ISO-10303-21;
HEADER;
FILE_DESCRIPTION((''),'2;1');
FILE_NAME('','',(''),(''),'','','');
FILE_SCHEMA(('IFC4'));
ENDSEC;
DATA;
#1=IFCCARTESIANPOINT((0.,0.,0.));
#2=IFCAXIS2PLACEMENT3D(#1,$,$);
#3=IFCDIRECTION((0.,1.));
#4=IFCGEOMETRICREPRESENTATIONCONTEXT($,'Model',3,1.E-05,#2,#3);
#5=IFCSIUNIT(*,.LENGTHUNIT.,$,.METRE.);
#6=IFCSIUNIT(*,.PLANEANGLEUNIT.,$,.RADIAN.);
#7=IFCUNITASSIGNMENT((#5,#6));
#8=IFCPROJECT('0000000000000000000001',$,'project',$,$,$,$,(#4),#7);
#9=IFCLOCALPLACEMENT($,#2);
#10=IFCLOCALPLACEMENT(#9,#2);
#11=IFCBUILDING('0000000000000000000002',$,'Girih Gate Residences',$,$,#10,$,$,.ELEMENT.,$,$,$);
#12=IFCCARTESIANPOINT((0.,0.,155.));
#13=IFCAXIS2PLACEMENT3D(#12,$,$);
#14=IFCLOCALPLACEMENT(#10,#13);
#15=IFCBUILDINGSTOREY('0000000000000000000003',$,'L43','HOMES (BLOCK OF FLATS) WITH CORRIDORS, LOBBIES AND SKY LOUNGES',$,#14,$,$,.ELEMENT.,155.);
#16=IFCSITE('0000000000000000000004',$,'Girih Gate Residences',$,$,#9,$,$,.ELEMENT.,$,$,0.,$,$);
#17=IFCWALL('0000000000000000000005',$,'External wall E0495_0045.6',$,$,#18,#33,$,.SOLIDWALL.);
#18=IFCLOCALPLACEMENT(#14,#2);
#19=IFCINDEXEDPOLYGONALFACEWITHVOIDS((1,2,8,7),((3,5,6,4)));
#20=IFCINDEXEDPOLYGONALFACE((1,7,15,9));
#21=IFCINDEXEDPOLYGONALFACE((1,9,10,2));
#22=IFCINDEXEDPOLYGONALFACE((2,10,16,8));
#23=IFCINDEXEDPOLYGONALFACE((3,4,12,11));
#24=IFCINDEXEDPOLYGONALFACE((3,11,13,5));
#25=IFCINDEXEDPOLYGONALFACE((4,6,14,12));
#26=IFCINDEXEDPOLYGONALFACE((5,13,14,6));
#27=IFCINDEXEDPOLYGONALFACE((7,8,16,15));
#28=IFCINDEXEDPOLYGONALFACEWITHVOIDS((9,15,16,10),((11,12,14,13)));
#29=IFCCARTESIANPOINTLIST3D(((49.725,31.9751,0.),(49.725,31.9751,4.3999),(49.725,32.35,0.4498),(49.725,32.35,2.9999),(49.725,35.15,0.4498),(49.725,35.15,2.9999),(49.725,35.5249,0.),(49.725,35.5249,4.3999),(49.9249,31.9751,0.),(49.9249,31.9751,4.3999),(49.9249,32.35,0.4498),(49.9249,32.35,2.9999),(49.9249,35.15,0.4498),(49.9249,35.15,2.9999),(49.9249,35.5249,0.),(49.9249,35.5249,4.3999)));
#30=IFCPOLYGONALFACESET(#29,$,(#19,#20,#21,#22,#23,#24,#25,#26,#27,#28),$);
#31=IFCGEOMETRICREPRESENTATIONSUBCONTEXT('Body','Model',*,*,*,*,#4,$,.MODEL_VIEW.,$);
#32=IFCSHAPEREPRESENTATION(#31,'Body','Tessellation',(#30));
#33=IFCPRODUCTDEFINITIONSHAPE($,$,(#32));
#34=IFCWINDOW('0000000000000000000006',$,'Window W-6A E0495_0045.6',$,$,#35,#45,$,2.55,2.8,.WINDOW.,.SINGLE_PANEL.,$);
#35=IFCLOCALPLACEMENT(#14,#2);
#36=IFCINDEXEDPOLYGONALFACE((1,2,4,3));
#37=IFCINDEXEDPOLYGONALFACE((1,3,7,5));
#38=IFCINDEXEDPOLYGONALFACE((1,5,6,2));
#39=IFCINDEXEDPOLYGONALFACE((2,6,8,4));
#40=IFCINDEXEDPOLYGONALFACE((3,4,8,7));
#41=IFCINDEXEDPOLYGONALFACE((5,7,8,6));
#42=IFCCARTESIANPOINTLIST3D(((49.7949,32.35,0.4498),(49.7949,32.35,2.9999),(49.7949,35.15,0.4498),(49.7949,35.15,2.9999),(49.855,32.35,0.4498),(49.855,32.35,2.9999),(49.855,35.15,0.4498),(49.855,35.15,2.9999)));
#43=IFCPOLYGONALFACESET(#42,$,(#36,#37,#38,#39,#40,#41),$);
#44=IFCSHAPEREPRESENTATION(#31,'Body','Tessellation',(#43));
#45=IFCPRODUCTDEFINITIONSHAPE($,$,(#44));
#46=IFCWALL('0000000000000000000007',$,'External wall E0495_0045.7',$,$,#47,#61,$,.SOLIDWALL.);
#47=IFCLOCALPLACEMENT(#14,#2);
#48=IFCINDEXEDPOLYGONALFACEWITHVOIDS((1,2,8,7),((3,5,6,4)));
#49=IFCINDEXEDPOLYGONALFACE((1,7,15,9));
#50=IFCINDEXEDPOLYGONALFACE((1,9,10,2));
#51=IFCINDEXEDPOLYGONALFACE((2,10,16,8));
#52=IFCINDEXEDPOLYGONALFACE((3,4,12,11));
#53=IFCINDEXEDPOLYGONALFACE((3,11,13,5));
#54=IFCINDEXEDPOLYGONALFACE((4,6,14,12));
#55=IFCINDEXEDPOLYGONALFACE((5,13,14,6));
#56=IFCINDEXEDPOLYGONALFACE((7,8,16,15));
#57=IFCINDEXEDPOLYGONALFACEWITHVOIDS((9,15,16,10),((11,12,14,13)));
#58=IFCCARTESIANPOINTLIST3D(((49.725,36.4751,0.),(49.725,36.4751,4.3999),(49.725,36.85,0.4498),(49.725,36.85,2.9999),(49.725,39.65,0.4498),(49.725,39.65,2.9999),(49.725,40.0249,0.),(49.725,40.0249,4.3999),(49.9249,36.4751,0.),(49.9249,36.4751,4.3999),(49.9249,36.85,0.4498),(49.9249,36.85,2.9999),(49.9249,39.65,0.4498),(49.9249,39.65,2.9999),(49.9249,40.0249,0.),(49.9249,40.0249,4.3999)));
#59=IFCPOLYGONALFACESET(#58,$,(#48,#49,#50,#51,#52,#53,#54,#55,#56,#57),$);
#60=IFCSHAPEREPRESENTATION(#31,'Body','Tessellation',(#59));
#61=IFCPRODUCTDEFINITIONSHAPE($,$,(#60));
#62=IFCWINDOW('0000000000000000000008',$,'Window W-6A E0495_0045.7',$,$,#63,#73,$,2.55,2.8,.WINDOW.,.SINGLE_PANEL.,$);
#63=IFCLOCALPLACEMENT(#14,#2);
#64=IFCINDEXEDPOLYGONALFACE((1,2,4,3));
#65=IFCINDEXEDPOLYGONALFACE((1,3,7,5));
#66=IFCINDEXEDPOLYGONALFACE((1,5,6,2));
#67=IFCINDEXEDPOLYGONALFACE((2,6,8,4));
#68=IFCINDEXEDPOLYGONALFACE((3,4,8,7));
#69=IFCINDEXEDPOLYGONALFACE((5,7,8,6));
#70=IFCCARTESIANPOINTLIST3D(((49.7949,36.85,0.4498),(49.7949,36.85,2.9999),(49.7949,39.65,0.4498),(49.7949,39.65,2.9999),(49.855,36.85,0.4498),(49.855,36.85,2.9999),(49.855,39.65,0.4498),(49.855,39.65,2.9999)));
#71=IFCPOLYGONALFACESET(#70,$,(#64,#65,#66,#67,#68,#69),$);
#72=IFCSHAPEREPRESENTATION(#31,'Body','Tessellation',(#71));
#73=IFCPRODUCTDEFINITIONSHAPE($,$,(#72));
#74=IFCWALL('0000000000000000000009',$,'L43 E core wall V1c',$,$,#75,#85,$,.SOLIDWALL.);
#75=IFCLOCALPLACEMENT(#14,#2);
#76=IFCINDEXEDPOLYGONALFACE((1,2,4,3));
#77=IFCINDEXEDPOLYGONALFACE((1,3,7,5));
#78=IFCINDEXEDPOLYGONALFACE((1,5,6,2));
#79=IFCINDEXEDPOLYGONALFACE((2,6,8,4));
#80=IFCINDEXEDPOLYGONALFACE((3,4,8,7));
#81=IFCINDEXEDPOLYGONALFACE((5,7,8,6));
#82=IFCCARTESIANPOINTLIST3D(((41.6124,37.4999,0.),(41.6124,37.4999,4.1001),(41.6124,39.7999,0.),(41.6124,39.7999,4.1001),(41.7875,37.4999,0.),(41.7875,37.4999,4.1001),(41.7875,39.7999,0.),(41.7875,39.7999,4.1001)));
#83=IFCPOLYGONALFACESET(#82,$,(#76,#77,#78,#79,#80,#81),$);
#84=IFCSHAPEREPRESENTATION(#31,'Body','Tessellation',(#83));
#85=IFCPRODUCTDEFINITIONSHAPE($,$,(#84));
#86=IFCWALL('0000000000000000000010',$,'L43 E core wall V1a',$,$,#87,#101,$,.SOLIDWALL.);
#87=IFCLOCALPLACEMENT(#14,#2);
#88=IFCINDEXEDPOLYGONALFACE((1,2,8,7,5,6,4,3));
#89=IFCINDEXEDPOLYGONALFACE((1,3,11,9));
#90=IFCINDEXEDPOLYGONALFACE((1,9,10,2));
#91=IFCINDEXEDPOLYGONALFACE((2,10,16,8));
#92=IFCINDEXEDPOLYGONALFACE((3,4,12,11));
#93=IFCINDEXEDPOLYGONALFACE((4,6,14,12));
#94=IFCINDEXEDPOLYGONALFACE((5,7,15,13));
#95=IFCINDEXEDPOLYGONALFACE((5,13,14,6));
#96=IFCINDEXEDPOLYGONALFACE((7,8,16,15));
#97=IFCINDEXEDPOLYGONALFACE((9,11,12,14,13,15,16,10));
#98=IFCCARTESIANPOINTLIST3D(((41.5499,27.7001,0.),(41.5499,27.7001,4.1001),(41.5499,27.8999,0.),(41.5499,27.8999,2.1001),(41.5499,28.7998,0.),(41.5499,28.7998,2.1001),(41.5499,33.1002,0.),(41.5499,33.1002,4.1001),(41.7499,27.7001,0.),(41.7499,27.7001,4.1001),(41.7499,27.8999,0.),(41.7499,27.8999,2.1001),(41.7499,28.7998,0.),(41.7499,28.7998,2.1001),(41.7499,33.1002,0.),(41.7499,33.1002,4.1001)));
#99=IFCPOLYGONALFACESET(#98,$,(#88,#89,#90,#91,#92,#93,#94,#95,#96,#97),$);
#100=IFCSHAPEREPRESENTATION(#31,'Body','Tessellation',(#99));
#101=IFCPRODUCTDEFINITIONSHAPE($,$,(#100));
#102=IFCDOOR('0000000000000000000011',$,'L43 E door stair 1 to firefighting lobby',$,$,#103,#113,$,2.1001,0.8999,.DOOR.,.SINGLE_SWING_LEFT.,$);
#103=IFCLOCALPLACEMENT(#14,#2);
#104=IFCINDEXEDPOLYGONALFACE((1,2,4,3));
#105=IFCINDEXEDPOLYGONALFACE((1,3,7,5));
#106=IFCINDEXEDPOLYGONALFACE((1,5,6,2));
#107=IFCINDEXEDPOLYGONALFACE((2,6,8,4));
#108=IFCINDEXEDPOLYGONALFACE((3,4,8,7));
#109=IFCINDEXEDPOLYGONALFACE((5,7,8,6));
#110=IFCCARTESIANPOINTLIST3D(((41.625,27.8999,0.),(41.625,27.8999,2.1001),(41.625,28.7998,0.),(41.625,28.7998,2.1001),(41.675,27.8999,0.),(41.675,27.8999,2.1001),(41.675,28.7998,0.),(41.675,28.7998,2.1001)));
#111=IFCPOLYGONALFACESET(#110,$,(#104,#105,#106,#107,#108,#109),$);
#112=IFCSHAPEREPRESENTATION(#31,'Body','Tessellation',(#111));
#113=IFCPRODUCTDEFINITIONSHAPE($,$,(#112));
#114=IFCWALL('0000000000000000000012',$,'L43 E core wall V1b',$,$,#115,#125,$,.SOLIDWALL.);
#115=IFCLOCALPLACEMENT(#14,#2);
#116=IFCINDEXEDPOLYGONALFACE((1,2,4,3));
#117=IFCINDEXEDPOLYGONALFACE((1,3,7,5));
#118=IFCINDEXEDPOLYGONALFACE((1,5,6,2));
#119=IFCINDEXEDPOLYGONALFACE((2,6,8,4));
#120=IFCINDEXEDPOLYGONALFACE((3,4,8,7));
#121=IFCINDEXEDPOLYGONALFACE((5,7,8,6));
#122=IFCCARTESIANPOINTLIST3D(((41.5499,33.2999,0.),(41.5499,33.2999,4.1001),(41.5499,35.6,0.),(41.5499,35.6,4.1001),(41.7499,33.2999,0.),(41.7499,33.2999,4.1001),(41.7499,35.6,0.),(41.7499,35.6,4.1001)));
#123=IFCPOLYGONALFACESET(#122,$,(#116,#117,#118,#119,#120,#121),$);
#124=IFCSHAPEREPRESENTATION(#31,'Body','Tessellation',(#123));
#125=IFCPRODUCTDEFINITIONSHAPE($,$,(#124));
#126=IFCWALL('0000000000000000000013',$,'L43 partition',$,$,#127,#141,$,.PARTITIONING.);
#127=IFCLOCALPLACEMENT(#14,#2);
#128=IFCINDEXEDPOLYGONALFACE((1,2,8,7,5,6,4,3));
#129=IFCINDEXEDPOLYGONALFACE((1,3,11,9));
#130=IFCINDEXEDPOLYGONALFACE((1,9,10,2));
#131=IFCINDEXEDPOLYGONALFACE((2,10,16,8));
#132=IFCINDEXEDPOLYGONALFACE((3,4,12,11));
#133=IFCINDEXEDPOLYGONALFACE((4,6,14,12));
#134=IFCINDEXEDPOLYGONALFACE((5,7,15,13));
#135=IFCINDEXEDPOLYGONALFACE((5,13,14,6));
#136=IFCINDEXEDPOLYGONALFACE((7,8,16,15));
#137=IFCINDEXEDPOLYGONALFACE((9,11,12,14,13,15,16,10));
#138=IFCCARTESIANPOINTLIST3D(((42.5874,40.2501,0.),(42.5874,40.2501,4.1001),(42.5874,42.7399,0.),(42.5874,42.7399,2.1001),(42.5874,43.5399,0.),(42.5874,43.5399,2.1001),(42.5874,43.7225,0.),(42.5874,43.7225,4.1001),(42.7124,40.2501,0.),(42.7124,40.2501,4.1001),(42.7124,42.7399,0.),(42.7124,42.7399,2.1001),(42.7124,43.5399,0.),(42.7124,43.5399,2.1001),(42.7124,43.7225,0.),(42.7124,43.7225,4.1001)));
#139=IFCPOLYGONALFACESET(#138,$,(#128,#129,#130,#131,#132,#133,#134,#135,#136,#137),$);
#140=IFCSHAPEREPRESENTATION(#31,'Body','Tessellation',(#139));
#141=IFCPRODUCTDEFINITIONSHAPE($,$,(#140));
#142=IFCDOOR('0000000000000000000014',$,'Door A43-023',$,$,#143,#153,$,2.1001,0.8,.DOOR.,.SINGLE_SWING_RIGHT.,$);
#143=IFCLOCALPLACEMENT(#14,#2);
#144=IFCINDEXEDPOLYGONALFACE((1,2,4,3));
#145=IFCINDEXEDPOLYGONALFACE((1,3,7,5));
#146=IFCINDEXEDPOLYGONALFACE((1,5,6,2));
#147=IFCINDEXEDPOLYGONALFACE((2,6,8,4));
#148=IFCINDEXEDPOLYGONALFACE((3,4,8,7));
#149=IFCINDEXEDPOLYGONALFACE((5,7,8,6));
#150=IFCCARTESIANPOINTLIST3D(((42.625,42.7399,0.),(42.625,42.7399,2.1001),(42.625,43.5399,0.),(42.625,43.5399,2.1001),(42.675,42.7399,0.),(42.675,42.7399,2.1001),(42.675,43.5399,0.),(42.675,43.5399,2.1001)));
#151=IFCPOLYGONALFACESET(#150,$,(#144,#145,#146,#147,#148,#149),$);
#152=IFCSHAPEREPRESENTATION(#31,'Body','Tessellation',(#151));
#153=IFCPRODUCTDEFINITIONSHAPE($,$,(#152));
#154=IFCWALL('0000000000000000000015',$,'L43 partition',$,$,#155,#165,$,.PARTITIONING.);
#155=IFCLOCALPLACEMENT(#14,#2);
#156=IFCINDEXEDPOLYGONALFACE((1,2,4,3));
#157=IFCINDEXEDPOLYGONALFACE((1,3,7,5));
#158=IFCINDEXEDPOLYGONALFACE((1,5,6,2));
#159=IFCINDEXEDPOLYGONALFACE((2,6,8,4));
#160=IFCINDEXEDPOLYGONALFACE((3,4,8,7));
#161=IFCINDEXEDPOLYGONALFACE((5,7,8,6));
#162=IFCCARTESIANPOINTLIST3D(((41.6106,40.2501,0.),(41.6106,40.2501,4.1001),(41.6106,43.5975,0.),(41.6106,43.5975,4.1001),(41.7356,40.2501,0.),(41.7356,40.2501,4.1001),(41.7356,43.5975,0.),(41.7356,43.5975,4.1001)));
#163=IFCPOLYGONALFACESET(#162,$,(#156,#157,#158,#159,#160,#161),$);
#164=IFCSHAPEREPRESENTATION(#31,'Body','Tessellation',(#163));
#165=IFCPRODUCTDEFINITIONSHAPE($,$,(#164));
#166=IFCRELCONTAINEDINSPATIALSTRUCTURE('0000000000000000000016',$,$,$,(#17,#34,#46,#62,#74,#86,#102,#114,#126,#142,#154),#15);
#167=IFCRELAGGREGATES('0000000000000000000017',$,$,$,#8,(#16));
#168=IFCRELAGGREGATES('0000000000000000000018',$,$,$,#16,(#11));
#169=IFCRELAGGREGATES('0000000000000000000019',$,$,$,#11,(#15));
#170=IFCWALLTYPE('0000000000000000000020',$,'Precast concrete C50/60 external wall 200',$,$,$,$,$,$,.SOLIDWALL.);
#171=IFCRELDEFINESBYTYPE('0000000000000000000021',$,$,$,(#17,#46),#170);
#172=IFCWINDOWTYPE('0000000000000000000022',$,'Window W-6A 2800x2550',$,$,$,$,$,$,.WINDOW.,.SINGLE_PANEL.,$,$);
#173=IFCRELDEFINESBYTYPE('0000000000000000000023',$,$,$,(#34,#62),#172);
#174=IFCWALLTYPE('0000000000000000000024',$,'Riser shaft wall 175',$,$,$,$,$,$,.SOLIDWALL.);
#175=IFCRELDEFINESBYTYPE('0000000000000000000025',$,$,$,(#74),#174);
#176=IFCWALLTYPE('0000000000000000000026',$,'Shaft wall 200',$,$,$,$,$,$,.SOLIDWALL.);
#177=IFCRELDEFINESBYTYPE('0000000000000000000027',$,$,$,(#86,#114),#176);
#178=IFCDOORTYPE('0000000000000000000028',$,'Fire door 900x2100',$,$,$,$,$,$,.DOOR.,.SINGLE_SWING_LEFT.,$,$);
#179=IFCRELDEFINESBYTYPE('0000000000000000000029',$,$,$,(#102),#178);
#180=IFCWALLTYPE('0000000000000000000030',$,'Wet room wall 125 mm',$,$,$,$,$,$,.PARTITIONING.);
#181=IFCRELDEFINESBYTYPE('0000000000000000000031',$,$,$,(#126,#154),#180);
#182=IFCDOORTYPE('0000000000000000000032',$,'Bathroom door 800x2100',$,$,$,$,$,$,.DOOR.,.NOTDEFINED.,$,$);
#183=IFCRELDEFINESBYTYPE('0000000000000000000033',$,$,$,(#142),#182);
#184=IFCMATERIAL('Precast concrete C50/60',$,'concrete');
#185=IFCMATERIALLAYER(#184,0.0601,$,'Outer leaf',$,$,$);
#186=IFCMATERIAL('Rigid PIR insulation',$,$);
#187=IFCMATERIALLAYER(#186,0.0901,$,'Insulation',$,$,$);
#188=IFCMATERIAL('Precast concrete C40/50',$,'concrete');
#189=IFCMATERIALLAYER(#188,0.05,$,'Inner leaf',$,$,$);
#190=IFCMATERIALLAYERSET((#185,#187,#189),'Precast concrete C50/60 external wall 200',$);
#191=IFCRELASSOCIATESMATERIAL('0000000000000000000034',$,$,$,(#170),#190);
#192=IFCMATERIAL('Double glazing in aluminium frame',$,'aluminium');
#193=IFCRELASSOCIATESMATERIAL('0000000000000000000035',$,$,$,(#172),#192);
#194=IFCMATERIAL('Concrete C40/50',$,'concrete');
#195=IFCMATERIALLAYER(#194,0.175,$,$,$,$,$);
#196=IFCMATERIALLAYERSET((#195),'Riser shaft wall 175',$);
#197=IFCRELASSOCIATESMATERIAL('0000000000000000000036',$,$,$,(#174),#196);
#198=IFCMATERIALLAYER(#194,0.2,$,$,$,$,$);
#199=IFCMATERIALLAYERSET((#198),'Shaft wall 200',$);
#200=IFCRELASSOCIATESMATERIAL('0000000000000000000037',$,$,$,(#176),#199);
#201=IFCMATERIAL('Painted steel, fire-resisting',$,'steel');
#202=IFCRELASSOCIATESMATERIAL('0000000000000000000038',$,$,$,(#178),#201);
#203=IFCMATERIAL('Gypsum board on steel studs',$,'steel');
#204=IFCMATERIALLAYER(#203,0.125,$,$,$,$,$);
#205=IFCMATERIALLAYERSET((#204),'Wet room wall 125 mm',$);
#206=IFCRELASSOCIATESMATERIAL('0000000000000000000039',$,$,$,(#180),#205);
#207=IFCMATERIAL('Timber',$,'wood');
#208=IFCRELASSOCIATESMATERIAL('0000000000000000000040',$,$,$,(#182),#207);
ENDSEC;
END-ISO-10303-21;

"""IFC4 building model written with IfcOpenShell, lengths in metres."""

from ifc_helpers import new_model, si_unit, direction, frame, frame_2d, origin, place, context, subcontext, project, spatial, rectangle, extrude, material, layer, layer_set, type_object, element, fill, save


model = new_model("IFC4")

# Units and contexts
model_context = context("Model", 3, precision=1e-05, world=origin(), true_north=direction((0.0, 1.0)))
body_context = subcontext(model_context, "Body", "Model", "MODEL_VIEW")
ifc_project = project(units=[si_unit("LENGTHUNIT", "METRE"), si_unit("PLANEANGLEUNIT", "RADIAN")], contexts=[model_context])

# Site, building, storey
site_placement = place(None, origin())
site = spatial("IfcSite", under=ifc_project, at=site_placement, Name="Girih Gate Residences", CompositionType="ELEMENT", RefElevation=0.0)
building_placement = place(site_placement, origin())
building = spatial("IfcBuilding", under=site, at=building_placement, Name="Girih Gate Residences", CompositionType="ELEMENT")
storey_placement = place(building_placement, frame((0.0, 0.0, 155.0)))
storey = spatial("IfcBuildingStorey", under=building, at=storey_placement, Name="L43", Description="HOMES (BLOCK OF FLATS) WITH CORRIDORS, LOBBIES AND SKY LOUNGES", CompositionType="ELEMENT", Elevation=155.0)

# Shared definitions
ifc_material_1 = material(Name="Gypsum board on steel studs", Category="steel")

# Walls, openings, windows
ifc_material_2 = material(Name="Precast concrete C50/60", Category="concrete")
ifc_layer_1 = layer(ifc_material_2, 0.0601, Name="Outer leaf")
ifc_material_3 = material(Name="Rigid PIR insulation")
ifc_layer_2 = layer(ifc_material_3, 0.0901, Name="Insulation")
ifc_material_4 = material(Name="Precast concrete C40/50", Category="concrete")
ifc_layer_3 = layer(ifc_material_4, 0.05, Name="Inner leaf")
ifc_layer_set_1 = layer_set([ifc_layer_1, ifc_layer_2, ifc_layer_3], Name="Precast concrete C50/60 external wall 200")
wall_type_1 = type_object("IfcWallType", Name="Precast concrete C50/60 external wall 200", PredefinedType="SOLIDWALL", material=ifc_layer_set_1)
ifc_material_5 = material(Name="Double glazing in aluminium frame", Category="aluminium")
window_type = type_object("IfcWindowType", Name="Window W-6A 2800x2550", PartitioningType="SINGLE_PANEL", PredefinedType="WINDOW", material=ifc_material_5)
wall_1_placement = place(storey_placement, frame((49.825, 35.5249, 0.0), z_axis=(0.0, 0.0, 1.0), x_axis=(0.0, -1.0, 0.0)))
wall_1 = element("IfcWall", 1, at=wall_1_placement, inside=storey, type_object=wall_type_1, Name="External wall E0495_0045.6", PredefinedType="SOLIDWALL", context=body_context, shape_type="SweptSolid", body=[
    extrude(rectangle(XDim=3.5498, YDim=0.2, at=frame_2d((1.7749, 0.0))), origin(), (0.0, 0.0, 1.0), 4.3999),
])
opening_1_placement = place(wall_1_placement, frame((0.375, 0.0, 0.45)))
opening_1 = element("IfcOpeningElement", 2, at=opening_1_placement, cuts=wall_1, PredefinedType="OPENING", context=body_context, shape_type="SweptSolid", body=[
    extrude(rectangle(XDim=2.8, YDim=2.55, at=frame_2d((1.3999, 1.2749))), frame((0.0, 0.1099, 0.0), z_axis=(0.0, -1.0, 0.0), x_axis=(1.0, 0.0, 0.0)), (0.0, 0.0, 1.0), 0.22),
])
window_1_placement = place(opening_1_placement, origin())
window_1 = element("IfcWindow", 3, at=window_1_placement, inside=storey, type_object=window_type, Name="Window W-6A E0495_0045.6", OverallHeight=2.55, OverallWidth=2.8, PartitioningType="SINGLE_PANEL", PredefinedType="WINDOW", context=body_context, shape_type="SweptSolid", body=[
    extrude(rectangle(XDim=2.8, YDim=2.55, at=frame_2d((1.3999, 1.2749))), frame((0.0, 0.03, 0.0), z_axis=(0.0, -1.0, 0.0), x_axis=(1.0, 0.0, 0.0)), (0.0, 0.0, 1.0), 0.0601),
])
fill(opening_1, window_1)
wall_2_placement = place(storey_placement, frame((49.825, 40.0249, 0.0), z_axis=(0.0, 0.0, 1.0), x_axis=(0.0, -1.0, 0.0)))
wall_2 = element("IfcWall", 4, at=wall_2_placement, inside=storey, type_object=wall_type_1, Name="External wall E0495_0045.7", PredefinedType="SOLIDWALL", context=body_context, shape_type="SweptSolid", body=[
    extrude(rectangle(XDim=3.5498, YDim=0.2, at=frame_2d((1.7749, 0.0))), origin(), (0.0, 0.0, 1.0), 4.3999),
])
opening_2_placement = place(wall_2_placement, frame((0.375, 0.0, 0.45)))
opening_2 = element("IfcOpeningElement", 5, at=opening_2_placement, cuts=wall_2, PredefinedType="OPENING", context=body_context, shape_type="SweptSolid", body=[
    extrude(rectangle(XDim=2.8, YDim=2.55, at=frame_2d((1.3999, 1.2749))), frame((0.0, 0.1099, 0.0), z_axis=(0.0, -1.0, 0.0), x_axis=(1.0, 0.0, 0.0)), (0.0, 0.0, 1.0), 0.22),
])
window_2_placement = place(opening_2_placement, origin())
window_2 = element("IfcWindow", 6, at=window_2_placement, inside=storey, type_object=window_type, Name="Window W-6A E0495_0045.7", OverallHeight=2.55, OverallWidth=2.8, PartitioningType="SINGLE_PANEL", PredefinedType="WINDOW", context=body_context, shape_type="SweptSolid", body=[
    extrude(rectangle(XDim=2.8, YDim=2.55, at=frame_2d((1.3999, 1.2749))), frame((0.0, 0.03, 0.0), z_axis=(0.0, -1.0, 0.0), x_axis=(1.0, 0.0, 0.0)), (0.0, 0.0, 1.0), 0.0601),
])
fill(opening_2, window_2)

# Wall
ifc_material_6 = material(Name="Concrete C40/50", Category="concrete")
ifc_layer_4 = layer(ifc_material_6, 0.175)
ifc_layer_set_2 = layer_set([ifc_layer_4], Name="Riser shaft wall 175")
wall_type_2 = type_object("IfcWallType", Name="Riser shaft wall 175", PredefinedType="SOLIDWALL", material=ifc_layer_set_2)
wall_3_placement = place(storey_placement, frame((41.7, 37.5, 0.0), z_axis=(0.0, 0.0, 1.0), x_axis=(0.0, 1.0, 0.0)))
element("IfcWall", 7, at=wall_3_placement, inside=storey, type_object=wall_type_2, Name="L43 E core wall V1c", PredefinedType="SOLIDWALL", context=body_context, shape_type="SweptSolid", body=[
    extrude(rectangle(XDim=2.3, YDim=0.175, at=frame_2d((1.1499, 0.0))), origin(), (0.0, 0.0, 1.0), 4.1001),
])

# Wall, opening, door
ifc_layer_5 = layer(ifc_material_6, 0.2)
ifc_layer_set_3 = layer_set([ifc_layer_5], Name="Shaft wall 200")
wall_type_3 = type_object("IfcWallType", Name="Shaft wall 200", PredefinedType="SOLIDWALL", material=ifc_layer_set_3)
wall_4_placement = place(storey_placement, frame((41.6499, 27.7, 0.0), z_axis=(0.0, 0.0, 1.0), x_axis=(0.0, 1.0, 0.0)))
wall_4 = element("IfcWall", 8, at=wall_4_placement, inside=storey, type_object=wall_type_3, Name="L43 E core wall V1a", PredefinedType="SOLIDWALL", context=body_context, shape_type="SweptSolid", body=[
    extrude(rectangle(XDim=5.4001, YDim=0.2, at=frame_2d((2.7002, 0.0))), origin(), (0.0, 0.0, 1.0), 4.1001),
])
opening_3_placement = place(wall_4_placement, frame((0.2, 0.0, 0.0)))
opening_3 = element("IfcOpeningElement", 9, at=opening_3_placement, cuts=wall_4, PredefinedType="OPENING", context=body_context, shape_type="SweptSolid", body=[
    extrude(rectangle(XDim=0.8999, YDim=2.1001, at=frame_2d((0.45, 1.05))), frame((0.0, 0.1099, 0.0), z_axis=(0.0, -1.0, 0.0), x_axis=(1.0, 0.0, 0.0)), (0.0, 0.0, 1.0), 0.22),
])
ifc_material_7 = material(Name="Painted steel, fire-resisting", Category="steel")
door_type_1 = type_object("IfcDoorType", Name="Fire door 900x2100", OperationType="SINGLE_SWING_LEFT", PredefinedType="DOOR", material=ifc_material_7)
door_1_placement = place(opening_3_placement, origin())
door_1 = element("IfcDoor", 10, at=door_1_placement, inside=storey, type_object=door_type_1, Name="L43 E door stair 1 to firefighting lobby", OperationType="SINGLE_SWING_LEFT", OverallHeight=2.1001, OverallWidth=0.8999, PredefinedType="DOOR", context=body_context, shape_type="SweptSolid", body=[
    extrude(rectangle(XDim=0.8999, YDim=2.1001, at=frame_2d((0.45, 1.05))), frame((0.0, 0.0249, 0.0), z_axis=(0.0, -1.0, 0.0), x_axis=(1.0, 0.0, 0.0)), (0.0, 0.0, 1.0), 0.05),
])
fill(opening_3, door_1)

# Wall
wall_5_placement = place(storey_placement, frame((41.6499, 33.3, 0.0), z_axis=(0.0, 0.0, 1.0), x_axis=(0.0, 1.0, 0.0)))
element("IfcWall", 11, at=wall_5_placement, inside=storey, type_object=wall_type_3, Name="L43 E core wall V1b", PredefinedType="SOLIDWALL", context=body_context, shape_type="SweptSolid", body=[
    extrude(rectangle(XDim=2.3, YDim=0.2, at=frame_2d((1.1499, 0.0))), origin(), (0.0, 0.0, 1.0), 4.1001),
])

# Wall, opening, door
ifc_layer_6 = layer(ifc_material_1, 0.125)
ifc_layer_set_4 = layer_set([ifc_layer_6], Name="Wet room wall 125 mm")
wall_type_4 = type_object("IfcWallType", Name="Wet room wall 125 mm", PredefinedType="PARTITIONING", material=ifc_layer_set_4)
wall_6_placement = place(storey_placement, frame((42.6499, 40.25, 0.0), z_axis=(0.0, 0.0, 1.0), x_axis=(0.0, 1.0, 0.0)))
wall_6 = element("IfcWall", 12, at=wall_6_placement, inside=storey, type_object=wall_type_4, Name="L43 partition", PredefinedType="PARTITIONING", context=body_context, shape_type="SweptSolid", body=[
    extrude(rectangle(XDim=3.4724, YDim=0.125, at=frame_2d((1.7363, 0.0))), origin(), (0.0, 0.0, 1.0), 4.1001),
])
opening_4_placement = place(wall_6_placement, frame((2.49, 0.0, 0.0)))
opening_4 = element("IfcOpeningElement", 13, at=opening_4_placement, cuts=wall_6, PredefinedType="OPENING", context=body_context, shape_type="SweptSolid", body=[
    extrude(rectangle(XDim=0.8, YDim=2.1001, at=frame_2d((0.3999, 1.05))), frame((0.0, 0.0725, 0.0), z_axis=(0.0, -1.0, 0.0), x_axis=(1.0, 0.0, 0.0)), (0.0, 0.0, 1.0), 0.145),
])
ifc_material_8 = material(Name="Timber", Category="wood")
door_type_2 = type_object("IfcDoorType", Name="Bathroom door 800x2100", OperationType="NOTDEFINED", PredefinedType="DOOR", material=ifc_material_8)
door_2_placement = place(opening_4_placement, origin())
door_2 = element("IfcDoor", 14, at=door_2_placement, inside=storey, type_object=door_type_2, Name="Door A43-023", OperationType="SINGLE_SWING_RIGHT", OverallHeight=2.1001, OverallWidth=0.8, PredefinedType="DOOR", context=body_context, shape_type="SweptSolid", body=[
    extrude(rectangle(XDim=0.8, YDim=2.1001, at=frame_2d((0.3999, 1.05))), frame((0.0, 0.0249, 0.0), z_axis=(0.0, -1.0, 0.0), x_axis=(1.0, 0.0, 0.0)), (0.0, 0.0, 1.0), 0.05),
])
fill(opening_4, door_2)

# Wall
wall_7_placement = place(storey_placement, frame((41.6731, 40.25, 0.0), z_axis=(0.0, 0.0, 1.0), x_axis=(0.0, 1.0, 0.0)))
element("IfcWall", 15, at=wall_7_placement, inside=storey, type_object=wall_type_4, Name="L43 partition", PredefinedType="PARTITIONING", context=body_context, shape_type="SweptSolid", body=[
    extrude(rectangle(XDim=3.3474, YDim=0.125, at=frame_2d((1.6738, 0.0))), origin(), (0.0, 0.0, 1.0), 4.1001),
])

save(model, "model.ifc")
